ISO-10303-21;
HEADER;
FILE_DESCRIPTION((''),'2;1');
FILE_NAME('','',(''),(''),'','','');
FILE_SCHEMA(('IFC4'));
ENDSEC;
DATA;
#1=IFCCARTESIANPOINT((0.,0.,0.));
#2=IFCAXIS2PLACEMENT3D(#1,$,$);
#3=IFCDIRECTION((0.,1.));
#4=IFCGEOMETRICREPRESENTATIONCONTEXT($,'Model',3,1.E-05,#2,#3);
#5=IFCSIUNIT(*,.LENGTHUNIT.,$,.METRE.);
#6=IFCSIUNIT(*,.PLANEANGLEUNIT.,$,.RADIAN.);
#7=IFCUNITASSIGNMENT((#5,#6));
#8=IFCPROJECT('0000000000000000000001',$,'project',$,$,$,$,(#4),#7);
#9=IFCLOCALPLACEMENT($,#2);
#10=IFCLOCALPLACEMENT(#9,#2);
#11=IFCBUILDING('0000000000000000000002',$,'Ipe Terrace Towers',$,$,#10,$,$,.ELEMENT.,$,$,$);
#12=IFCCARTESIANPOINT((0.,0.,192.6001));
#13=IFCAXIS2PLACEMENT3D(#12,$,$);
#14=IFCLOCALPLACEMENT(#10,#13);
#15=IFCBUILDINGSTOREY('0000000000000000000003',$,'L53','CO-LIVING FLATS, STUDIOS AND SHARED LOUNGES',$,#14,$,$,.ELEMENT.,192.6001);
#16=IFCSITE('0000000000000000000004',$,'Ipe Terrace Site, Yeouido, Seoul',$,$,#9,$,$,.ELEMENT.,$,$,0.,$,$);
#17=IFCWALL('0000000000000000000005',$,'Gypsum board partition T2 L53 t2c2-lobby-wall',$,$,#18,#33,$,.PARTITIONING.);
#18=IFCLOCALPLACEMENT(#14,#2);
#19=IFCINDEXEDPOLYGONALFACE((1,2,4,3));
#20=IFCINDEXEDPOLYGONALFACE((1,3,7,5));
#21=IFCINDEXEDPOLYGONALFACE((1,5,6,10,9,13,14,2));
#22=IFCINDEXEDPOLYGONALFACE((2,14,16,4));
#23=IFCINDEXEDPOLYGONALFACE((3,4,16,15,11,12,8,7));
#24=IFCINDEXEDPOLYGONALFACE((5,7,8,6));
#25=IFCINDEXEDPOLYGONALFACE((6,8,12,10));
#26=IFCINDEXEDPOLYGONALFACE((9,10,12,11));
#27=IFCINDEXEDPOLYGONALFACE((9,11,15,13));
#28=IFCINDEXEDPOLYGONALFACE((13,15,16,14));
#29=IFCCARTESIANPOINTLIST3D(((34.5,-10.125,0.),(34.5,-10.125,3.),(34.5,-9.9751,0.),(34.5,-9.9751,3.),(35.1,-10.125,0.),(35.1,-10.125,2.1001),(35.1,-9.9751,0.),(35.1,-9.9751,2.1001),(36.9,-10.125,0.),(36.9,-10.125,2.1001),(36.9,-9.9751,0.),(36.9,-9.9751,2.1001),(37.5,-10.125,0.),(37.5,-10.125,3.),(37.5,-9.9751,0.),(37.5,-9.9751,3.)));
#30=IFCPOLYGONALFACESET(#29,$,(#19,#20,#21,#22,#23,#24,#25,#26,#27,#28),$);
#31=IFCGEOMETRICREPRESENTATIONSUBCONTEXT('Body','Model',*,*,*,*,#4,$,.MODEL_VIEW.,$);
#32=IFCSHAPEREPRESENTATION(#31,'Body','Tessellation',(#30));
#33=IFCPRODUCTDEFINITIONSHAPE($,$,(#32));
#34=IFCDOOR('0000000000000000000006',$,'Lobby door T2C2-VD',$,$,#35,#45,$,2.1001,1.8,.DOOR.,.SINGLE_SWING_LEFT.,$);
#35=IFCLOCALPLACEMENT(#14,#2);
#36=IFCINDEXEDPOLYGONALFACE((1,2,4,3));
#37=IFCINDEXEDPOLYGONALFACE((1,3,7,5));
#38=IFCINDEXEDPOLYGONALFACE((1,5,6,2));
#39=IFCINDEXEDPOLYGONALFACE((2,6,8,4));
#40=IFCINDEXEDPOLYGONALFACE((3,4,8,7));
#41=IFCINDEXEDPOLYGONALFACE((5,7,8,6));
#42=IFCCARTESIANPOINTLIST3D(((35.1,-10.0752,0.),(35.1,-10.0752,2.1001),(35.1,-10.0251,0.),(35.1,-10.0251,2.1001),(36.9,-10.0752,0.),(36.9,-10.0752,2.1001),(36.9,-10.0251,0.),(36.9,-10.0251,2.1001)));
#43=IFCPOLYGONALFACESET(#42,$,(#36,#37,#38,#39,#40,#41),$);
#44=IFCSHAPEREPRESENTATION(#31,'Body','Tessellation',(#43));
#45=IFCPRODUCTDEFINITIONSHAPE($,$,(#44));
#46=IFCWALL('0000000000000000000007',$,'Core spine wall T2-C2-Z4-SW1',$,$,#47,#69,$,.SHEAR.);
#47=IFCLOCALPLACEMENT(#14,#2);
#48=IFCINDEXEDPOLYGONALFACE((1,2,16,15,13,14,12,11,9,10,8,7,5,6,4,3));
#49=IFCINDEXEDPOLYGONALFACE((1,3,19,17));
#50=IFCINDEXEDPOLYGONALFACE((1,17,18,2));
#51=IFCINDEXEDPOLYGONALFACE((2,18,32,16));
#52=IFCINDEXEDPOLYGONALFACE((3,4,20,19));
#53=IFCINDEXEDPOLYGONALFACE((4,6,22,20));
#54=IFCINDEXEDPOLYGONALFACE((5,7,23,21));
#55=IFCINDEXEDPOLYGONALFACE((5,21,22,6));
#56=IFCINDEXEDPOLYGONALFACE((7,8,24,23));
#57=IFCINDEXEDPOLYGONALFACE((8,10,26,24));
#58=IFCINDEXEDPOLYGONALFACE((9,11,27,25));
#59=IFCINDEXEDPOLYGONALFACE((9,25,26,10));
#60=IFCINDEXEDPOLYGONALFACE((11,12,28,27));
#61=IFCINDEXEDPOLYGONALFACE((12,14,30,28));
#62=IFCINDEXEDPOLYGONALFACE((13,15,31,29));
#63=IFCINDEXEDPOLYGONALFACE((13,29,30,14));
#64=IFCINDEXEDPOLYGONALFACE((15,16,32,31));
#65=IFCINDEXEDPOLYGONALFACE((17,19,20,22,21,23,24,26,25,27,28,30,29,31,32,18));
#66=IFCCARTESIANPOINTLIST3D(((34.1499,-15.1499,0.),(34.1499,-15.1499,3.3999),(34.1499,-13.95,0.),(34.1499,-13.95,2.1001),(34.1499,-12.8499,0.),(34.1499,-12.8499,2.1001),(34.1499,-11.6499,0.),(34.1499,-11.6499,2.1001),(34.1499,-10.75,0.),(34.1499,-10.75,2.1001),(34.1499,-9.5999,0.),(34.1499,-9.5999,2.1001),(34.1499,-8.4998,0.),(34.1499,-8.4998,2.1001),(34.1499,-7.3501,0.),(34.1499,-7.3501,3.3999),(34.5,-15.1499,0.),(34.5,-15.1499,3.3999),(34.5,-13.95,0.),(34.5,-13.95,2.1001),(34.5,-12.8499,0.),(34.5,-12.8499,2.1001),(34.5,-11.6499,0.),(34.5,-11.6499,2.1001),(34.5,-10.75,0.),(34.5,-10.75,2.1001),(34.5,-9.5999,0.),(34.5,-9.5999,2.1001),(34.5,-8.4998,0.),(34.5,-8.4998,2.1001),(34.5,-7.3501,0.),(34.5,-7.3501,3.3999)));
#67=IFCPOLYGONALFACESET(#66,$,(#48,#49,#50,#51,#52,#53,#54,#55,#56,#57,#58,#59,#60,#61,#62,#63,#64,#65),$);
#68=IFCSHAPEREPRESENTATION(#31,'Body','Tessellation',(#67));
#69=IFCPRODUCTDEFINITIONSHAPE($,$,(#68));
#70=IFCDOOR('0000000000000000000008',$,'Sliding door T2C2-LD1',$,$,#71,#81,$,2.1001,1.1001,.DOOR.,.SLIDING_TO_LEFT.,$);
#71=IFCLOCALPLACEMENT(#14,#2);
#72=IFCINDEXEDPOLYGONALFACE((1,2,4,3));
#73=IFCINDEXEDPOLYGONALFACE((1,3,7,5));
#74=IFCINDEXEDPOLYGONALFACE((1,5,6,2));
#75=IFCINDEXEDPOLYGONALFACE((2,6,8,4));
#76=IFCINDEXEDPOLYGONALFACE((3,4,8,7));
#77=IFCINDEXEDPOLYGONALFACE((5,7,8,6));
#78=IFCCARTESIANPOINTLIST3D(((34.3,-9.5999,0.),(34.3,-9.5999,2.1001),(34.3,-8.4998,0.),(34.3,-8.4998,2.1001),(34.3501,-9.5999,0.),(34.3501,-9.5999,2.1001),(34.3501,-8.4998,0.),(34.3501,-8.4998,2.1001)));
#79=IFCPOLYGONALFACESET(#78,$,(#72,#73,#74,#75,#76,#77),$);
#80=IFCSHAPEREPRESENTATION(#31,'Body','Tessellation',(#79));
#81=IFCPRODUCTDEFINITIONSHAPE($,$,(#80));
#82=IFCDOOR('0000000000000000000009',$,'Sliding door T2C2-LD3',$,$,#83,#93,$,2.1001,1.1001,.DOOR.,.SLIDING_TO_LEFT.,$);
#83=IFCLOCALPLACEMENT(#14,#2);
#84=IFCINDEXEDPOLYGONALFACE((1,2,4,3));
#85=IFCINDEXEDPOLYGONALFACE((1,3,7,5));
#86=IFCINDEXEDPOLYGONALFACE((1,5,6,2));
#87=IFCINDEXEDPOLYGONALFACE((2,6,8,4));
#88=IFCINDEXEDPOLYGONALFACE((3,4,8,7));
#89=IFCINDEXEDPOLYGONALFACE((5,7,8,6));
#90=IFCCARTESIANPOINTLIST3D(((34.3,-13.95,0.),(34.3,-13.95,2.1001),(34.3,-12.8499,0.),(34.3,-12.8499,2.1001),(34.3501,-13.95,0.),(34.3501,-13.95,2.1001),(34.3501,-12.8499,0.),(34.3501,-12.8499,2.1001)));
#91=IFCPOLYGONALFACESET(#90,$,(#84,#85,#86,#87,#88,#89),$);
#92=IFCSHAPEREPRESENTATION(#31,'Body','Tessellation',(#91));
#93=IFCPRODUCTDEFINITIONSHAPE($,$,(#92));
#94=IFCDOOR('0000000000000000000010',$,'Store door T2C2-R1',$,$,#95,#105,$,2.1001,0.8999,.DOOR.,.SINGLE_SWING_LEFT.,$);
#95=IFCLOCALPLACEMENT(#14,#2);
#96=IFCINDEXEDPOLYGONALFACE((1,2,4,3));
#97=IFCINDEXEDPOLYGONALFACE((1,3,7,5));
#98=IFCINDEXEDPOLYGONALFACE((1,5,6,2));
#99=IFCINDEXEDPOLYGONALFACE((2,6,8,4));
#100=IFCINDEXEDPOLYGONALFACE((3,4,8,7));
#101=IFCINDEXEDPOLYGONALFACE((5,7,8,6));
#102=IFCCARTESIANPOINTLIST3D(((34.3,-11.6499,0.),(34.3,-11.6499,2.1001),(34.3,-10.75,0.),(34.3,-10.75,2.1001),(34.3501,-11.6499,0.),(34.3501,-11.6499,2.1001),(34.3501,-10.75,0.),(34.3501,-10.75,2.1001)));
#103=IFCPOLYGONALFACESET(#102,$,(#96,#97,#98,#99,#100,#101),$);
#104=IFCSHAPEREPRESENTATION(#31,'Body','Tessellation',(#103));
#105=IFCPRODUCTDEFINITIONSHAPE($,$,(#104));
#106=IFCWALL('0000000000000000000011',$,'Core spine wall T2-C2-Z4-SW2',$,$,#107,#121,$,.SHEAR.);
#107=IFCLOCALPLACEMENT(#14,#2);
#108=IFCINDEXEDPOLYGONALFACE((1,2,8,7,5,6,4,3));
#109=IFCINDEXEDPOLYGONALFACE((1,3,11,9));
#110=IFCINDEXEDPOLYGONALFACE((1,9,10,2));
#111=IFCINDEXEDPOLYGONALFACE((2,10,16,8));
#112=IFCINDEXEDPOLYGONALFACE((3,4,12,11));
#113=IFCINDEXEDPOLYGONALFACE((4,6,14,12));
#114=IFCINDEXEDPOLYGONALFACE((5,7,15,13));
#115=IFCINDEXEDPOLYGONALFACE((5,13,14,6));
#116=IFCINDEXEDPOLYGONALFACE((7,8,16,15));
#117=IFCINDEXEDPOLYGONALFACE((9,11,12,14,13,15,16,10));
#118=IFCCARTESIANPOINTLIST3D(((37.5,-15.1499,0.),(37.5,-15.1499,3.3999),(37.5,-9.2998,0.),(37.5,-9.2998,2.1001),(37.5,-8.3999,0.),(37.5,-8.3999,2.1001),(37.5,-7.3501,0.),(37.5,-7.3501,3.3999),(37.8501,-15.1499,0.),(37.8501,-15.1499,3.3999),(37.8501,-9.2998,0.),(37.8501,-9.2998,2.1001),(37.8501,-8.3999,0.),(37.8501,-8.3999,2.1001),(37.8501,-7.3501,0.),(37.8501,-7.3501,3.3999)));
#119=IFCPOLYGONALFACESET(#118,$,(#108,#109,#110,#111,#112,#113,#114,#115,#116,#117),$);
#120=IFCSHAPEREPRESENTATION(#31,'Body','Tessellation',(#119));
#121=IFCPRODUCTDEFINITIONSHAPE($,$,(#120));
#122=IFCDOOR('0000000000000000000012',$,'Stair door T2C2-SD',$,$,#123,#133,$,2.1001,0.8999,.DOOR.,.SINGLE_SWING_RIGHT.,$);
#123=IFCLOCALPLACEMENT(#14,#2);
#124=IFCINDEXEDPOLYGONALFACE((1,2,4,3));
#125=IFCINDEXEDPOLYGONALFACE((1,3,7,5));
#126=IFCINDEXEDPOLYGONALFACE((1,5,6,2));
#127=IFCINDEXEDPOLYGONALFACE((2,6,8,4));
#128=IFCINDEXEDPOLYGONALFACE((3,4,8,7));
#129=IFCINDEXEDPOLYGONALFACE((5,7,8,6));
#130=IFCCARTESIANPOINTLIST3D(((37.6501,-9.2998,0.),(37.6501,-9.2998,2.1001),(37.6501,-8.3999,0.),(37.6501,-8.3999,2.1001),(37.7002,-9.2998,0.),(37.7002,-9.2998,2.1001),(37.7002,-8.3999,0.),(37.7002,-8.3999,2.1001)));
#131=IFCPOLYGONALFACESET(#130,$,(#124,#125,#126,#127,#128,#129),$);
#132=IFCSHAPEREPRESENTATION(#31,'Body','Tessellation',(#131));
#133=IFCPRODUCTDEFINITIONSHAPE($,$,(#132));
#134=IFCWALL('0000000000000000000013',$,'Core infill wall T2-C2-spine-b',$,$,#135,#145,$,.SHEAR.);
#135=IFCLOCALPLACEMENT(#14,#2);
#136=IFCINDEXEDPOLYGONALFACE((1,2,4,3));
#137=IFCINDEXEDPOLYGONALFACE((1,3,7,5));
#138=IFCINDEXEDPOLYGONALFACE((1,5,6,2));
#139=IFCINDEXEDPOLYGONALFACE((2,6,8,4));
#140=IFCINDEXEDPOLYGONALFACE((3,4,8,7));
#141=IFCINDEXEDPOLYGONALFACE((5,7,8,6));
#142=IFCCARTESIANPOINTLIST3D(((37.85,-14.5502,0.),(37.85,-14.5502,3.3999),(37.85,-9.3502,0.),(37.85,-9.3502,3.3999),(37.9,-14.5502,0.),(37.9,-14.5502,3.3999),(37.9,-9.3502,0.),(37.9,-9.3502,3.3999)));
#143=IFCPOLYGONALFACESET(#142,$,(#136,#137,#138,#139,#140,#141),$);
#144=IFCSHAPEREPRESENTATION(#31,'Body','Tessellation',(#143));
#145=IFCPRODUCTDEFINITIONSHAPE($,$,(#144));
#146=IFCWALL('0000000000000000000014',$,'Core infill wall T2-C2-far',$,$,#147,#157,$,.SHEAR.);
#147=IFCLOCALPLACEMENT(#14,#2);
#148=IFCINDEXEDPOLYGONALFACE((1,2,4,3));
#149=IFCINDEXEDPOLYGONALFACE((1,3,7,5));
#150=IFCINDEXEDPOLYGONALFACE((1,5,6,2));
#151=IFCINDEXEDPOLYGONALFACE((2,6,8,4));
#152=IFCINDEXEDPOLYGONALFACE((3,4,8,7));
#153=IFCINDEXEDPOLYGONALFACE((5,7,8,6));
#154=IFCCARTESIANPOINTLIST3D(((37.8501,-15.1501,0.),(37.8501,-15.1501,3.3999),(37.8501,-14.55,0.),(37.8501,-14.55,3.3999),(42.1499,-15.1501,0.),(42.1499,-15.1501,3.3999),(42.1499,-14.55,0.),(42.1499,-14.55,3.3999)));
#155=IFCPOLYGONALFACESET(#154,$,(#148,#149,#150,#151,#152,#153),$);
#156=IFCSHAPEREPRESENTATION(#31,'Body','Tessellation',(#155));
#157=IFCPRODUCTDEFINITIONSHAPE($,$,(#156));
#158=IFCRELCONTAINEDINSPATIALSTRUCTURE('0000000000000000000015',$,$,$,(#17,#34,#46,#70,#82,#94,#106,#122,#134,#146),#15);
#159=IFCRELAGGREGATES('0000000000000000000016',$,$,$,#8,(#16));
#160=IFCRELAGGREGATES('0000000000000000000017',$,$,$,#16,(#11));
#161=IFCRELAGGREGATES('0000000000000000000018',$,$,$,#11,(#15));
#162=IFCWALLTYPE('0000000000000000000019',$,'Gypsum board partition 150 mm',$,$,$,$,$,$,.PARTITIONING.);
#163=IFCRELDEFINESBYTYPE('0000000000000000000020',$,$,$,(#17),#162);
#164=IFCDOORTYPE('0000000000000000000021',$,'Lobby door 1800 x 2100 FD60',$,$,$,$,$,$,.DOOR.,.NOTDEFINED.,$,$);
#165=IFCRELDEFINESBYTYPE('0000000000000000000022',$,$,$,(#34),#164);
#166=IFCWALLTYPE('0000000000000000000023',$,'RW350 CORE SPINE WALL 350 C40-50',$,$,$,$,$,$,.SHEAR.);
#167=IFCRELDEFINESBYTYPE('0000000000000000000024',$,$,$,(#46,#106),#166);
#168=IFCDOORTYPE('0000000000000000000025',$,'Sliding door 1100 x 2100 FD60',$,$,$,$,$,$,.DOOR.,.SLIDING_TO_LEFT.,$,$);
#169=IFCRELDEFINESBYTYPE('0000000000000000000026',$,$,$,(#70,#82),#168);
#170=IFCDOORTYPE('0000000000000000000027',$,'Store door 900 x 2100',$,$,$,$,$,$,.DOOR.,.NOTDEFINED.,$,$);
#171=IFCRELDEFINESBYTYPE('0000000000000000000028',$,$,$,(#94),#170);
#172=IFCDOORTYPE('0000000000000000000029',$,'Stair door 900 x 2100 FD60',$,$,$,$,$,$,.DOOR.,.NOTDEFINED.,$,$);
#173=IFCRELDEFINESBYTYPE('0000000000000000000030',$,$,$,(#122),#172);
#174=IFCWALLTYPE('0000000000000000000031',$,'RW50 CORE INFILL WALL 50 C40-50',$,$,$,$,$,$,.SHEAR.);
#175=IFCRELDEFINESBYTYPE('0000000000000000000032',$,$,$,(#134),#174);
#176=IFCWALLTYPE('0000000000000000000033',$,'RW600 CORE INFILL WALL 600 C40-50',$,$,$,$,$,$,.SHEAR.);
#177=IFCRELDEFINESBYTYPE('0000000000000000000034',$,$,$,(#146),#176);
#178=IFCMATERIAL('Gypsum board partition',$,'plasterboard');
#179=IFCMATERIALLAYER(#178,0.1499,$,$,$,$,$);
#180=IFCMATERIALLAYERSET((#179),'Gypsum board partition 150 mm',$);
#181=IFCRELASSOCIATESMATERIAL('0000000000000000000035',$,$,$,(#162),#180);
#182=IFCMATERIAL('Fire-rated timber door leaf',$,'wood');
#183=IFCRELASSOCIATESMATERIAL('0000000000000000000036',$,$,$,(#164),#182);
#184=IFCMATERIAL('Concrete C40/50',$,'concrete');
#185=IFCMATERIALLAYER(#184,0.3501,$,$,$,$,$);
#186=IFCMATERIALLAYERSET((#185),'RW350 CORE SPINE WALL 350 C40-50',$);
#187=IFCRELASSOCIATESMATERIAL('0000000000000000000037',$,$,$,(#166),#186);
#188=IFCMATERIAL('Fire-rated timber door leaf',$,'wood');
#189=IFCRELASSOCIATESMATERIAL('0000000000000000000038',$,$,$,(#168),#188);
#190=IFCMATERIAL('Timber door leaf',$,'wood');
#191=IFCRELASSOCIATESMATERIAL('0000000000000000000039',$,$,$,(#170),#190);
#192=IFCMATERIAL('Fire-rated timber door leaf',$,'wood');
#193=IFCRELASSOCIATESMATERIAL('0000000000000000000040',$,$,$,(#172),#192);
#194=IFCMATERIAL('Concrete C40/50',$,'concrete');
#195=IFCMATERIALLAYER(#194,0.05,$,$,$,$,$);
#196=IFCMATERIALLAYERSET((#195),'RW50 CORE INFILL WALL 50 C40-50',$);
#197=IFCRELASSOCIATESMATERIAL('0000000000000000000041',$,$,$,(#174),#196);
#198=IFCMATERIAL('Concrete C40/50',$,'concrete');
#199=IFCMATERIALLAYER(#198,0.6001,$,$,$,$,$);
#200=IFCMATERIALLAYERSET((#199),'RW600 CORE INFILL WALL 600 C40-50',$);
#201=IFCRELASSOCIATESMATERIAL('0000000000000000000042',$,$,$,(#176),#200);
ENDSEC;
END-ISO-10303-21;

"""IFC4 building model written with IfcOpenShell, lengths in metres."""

from ifc_helpers import new_model, si_unit, direction, frame, frame_2d, origin, place, context, subcontext, project, spatial, rectangle, extrude, material, layer, layer_set, type_object, element, fill, save


model = new_model("IFC4")

# Units and contexts
model_context = context("Model", 3, precision=1e-05, world=origin(), true_north=direction((0.0, 1.0)))
body_context = subcontext(model_context, "Body", "Model", "MODEL_VIEW")
ifc_project = project(units=[si_unit("LENGTHUNIT", "METRE"), si_unit("PLANEANGLEUNIT", "RADIAN")], contexts=[model_context])

# Site, building, storey
site_placement = place(None, origin())
site = spatial("IfcSite", under=ifc_project, at=site_placement, Name="Ipe Terrace Site, Yeouido, Seoul", CompositionType="ELEMENT", RefElevation=0.0)
building_placement = place(site_placement, origin())
building = spatial("IfcBuilding", under=site, at=building_placement, Name="Ipe Terrace Towers", CompositionType="ELEMENT")
storey_placement = place(building_placement, frame((0.0, 0.0, 192.6001)))
storey = spatial("IfcBuildingStorey", under=building, at=storey_placement, Name="L53", Description="CO-LIVING FLATS, STUDIOS AND SHARED LOUNGES", CompositionType="ELEMENT", Elevation=192.6001)

# Wall, opening, door
ifc_material_1 = material(Name="Gypsum board partition", Category="plasterboard")
ifc_layer_1 = layer(ifc_material_1, 0.1499)
ifc_layer_set_1 = layer_set([ifc_layer_1], Name="Gypsum board partition 150 mm")
wall_type_1 = type_object("IfcWallType", Name="Gypsum board partition 150 mm", PredefinedType="PARTITIONING", material=ifc_layer_set_1)
wall_1_placement = place(storey_placement, frame((34.5, -10.05, 0.0), z_axis=(0.0, 0.0, 1.0), x_axis=(1.0, 0.0, 0.0)))
wall_1 = element("IfcWall", 1, at=wall_1_placement, inside=storey, type_object=wall_type_1, Name="Gypsum board partition T2 L53 t2c2-lobby-wall", PredefinedType="PARTITIONING", context=body_context, shape_type="SweptSolid", body=[
    extrude(rectangle(XDim=3.0, YDim=0.1499, at=frame_2d((1.5, 0.0))), origin(), (0.0, 0.0, 1.0), 3.0),
])
opening_1_placement = place(wall_1_placement, frame((0.6001, 0.0, 0.0)))
opening_1 = element("IfcOpeningElement", 2, at=opening_1_placement, cuts=wall_1, PredefinedType="OPENING", context=body_context, shape_type="SweptSolid", body=[
    extrude(rectangle(XDim=1.8, YDim=2.1001, at=frame_2d((0.8999, 1.05))), frame((0.0, 0.085, 0.0), z_axis=(0.0, -1.0, 0.0), x_axis=(1.0, 0.0, 0.0)), (0.0, 0.0, 1.0), 0.1699),
])
ifc_material_2 = material(Name="Fire-rated timber door leaf", Category="wood")
door_type_1 = type_object("IfcDoorType", Name="Lobby door 1800 x 2100 FD60", OperationType="NOTDEFINED", PredefinedType="DOOR", material=ifc_material_2)
door_1_placement = place(opening_1_placement, origin())
door_1 = element("IfcDoor", 3, at=door_1_placement, inside=storey, type_object=door_type_1, Name="Lobby door T2C2-VD", OperationType="SINGLE_SWING_LEFT", OverallHeight=2.1001, OverallWidth=1.8, PredefinedType="DOOR", context=body_context, shape_type="SweptSolid", body=[
    extrude(rectangle(XDim=1.8, YDim=2.1001, at=frame_2d((0.8999, 1.05))), frame((0.0, 0.0249, 0.0), z_axis=(0.0, -1.0, 0.0), x_axis=(1.0, 0.0, 0.0)), (0.0, 0.0, 1.0), 0.05),
])
fill(opening_1, door_1)

# Wall, openings, doors
ifc_material_3 = material(Name="Concrete C40/50", Category="concrete")
ifc_layer_2 = layer(ifc_material_3, 0.3501)
ifc_layer_set_2 = layer_set([ifc_layer_2], Name="RW350 CORE SPINE WALL 350 C40-50")
wall_type_2 = type_object("IfcWallType", Name="RW350 CORE SPINE WALL 350 C40-50", PredefinedType="SHEAR", material=ifc_layer_set_2)
wall_2_placement = place(storey_placement, frame((34.325, -15.1499, 0.0), z_axis=(0.0, 0.0, 1.0), x_axis=(0.0, 1.0, 0.0)))
wall_2 = element("IfcWall", 4, at=wall_2_placement, inside=storey, type_object=wall_type_2, Name="Core spine wall T2-C2-Z4-SW1", PredefinedType="SHEAR", context=body_context, shape_type="SweptSolid", body=[
    extrude(rectangle(XDim=7.7998, YDim=0.3501, at=frame_2d((3.8999, 0.0))), origin(), (0.0, 0.0, 1.0), 3.3999),
])
opening_2_placement = place(wall_2_placement, frame((5.55, 0.0, 0.0)))
opening_2 = element("IfcOpeningElement", 5, at=opening_2_placement, cuts=wall_2, PredefinedType="OPENING", context=body_context, shape_type="SweptSolid", body=[
    extrude(rectangle(XDim=1.1001, YDim=2.1001, at=frame_2d((0.55, 1.05))), frame((0.0, 0.1851, 0.0), z_axis=(0.0, -1.0, 0.0), x_axis=(1.0, 0.0, 0.0)), (0.0, 0.0, 1.0), 0.3701),
])
opening_3_placement = place(wall_2_placement, frame((1.2, 0.0, 0.0)))
opening_3 = element("IfcOpeningElement", 6, at=opening_3_placement, cuts=wall_2, PredefinedType="OPENING", context=body_context, shape_type="SweptSolid", body=[
    extrude(rectangle(XDim=1.1001, YDim=2.1001, at=frame_2d((0.55, 1.05))), frame((0.0, 0.1851, 0.0), z_axis=(0.0, -1.0, 0.0), x_axis=(1.0, 0.0, 0.0)), (0.0, 0.0, 1.0), 0.3701),
])
opening_4_placement = place(wall_2_placement, frame((3.5, 0.0, 0.0)))
opening_4 = element("IfcOpeningElement", 7, at=opening_4_placement, cuts=wall_2, PredefinedType="OPENING", context=body_context, shape_type="SweptSolid", body=[
    extrude(rectangle(XDim=0.8999, YDim=2.1001, at=frame_2d((0.45, 1.05))), frame((0.0, 0.1851, 0.0), z_axis=(0.0, -1.0, 0.0), x_axis=(1.0, 0.0, 0.0)), (0.0, 0.0, 1.0), 0.3701),
])
ifc_material_4 = material(Name="Fire-rated timber door leaf", Category="wood")
door_type_2 = type_object("IfcDoorType", Name="Sliding door 1100 x 2100 FD60", OperationType="SLIDING_TO_LEFT", PredefinedType="DOOR", material=ifc_material_4)
door_2_placement = place(opening_2_placement, origin())
door_2 = element("IfcDoor", 8, at=door_2_placement, inside=storey, type_object=door_type_2, Name="Sliding door T2C2-LD1", OperationType="SLIDING_TO_LEFT", OverallHeight=2.1001, OverallWidth=1.1001, PredefinedType="DOOR", context=body_context, shape_type="SweptSolid", body=[
    extrude(rectangle(XDim=1.1001, YDim=2.1001, at=frame_2d((0.55, 1.05))), frame((0.0, 0.0249, 0.0), z_axis=(0.0, -1.0, 0.0), x_axis=(1.0, 0.0, 0.0)), (0.0, 0.0, 1.0), 0.05),
])
fill(opening_2, door_2)
door_3_placement = place(opening_3_placement, origin())
door_3 = element("IfcDoor", 9, at=door_3_placement, inside=storey, type_object=door_type_2, Name="Sliding door T2C2-LD3", OperationType="SLIDING_TO_LEFT", OverallHeight=2.1001, OverallWidth=1.1001, PredefinedType="DOOR", context=body_context, shape_type="SweptSolid", body=[
    extrude(rectangle(XDim=1.1001, YDim=2.1001, at=frame_2d((0.55, 1.05))), frame((0.0, 0.0249, 0.0), z_axis=(0.0, -1.0, 0.0), x_axis=(1.0, 0.0, 0.0)), (0.0, 0.0, 1.0), 0.05),
])
fill(opening_3, door_3)
ifc_material_5 = material(Name="Timber door leaf", Category="wood")
door_type_3 = type_object("IfcDoorType", Name="Store door 900 x 2100", OperationType="NOTDEFINED", PredefinedType="DOOR", material=ifc_material_5)
door_4_placement = place(opening_4_placement, origin())
door_4 = element("IfcDoor", 10, at=door_4_placement, inside=storey, type_object=door_type_3, Name="Store door T2C2-R1", OperationType="SINGLE_SWING_LEFT", OverallHeight=2.1001, OverallWidth=0.8999, PredefinedType="DOOR", context=body_context, shape_type="SweptSolid", body=[
    extrude(rectangle(XDim=0.8999, YDim=2.1001, at=frame_2d((0.45, 1.05))), frame((0.0, 0.0249, 0.0), z_axis=(0.0, -1.0, 0.0), x_axis=(1.0, 0.0, 0.0)), (0.0, 0.0, 1.0), 0.05),
])
fill(opening_4, door_4)

# Wall, opening, door
wall_3_placement = place(storey_placement, frame((37.675, -15.1499, 0.0), z_axis=(0.0, 0.0, 1.0), x_axis=(0.0, 1.0, 0.0)))
wall_3 = element("IfcWall", 11, at=wall_3_placement, inside=storey, type_object=wall_type_2, Name="Core spine wall T2-C2-Z4-SW2", PredefinedType="SHEAR", context=body_context, shape_type="SweptSolid", body=[
    extrude(rectangle(XDim=7.7998, YDim=0.3501, at=frame_2d((3.8999, 0.0))), origin(), (0.0, 0.0, 1.0), 3.3999),
])
opening_5_placement = place(wall_3_placement, frame((5.8501, 0.0, 0.0)))
opening_5 = element("IfcOpeningElement", 12, at=opening_5_placement, cuts=wall_3, PredefinedType="OPENING", context=body_context, shape_type="SweptSolid", body=[
    extrude(rectangle(XDim=0.8999, YDim=2.1001, at=frame_2d((0.45, 1.05))), frame((0.0, 0.1851, 0.0), z_axis=(0.0, -1.0, 0.0), x_axis=(1.0, 0.0, 0.0)), (0.0, 0.0, 1.0), 0.3701),
])
ifc_material_6 = material(Name="Fire-rated timber door leaf", Category="wood")
door_type_4 = type_object("IfcDoorType", Name="Stair door 900 x 2100 FD60", OperationType="NOTDEFINED", PredefinedType="DOOR", material=ifc_material_6)
door_5_placement = place(opening_5_placement, origin())
door_5 = element("IfcDoor", 13, at=door_5_placement, inside=storey, type_object=door_type_4, Name="Stair door T2C2-SD", OperationType="SINGLE_SWING_RIGHT", OverallHeight=2.1001, OverallWidth=0.8999, PredefinedType="DOOR", context=body_context, shape_type="SweptSolid", body=[
    extrude(rectangle(XDim=0.8999, YDim=2.1001, at=frame_2d((0.45, 1.05))), frame((0.0, 0.0249, 0.0), z_axis=(0.0, -1.0, 0.0), x_axis=(1.0, 0.0, 0.0)), (0.0, 0.0, 1.0), 0.05),
])
fill(opening_5, door_5)

# Walls
ifc_material_7 = material(Name="Concrete C40/50", Category="concrete")
ifc_layer_3 = layer(ifc_material_7, 0.05)
ifc_layer_set_3 = layer_set([ifc_layer_3], Name="RW50 CORE INFILL WALL 50 C40-50")
wall_type_3 = type_object("IfcWallType", Name="RW50 CORE INFILL WALL 50 C40-50", PredefinedType="SHEAR", material=ifc_layer_set_3)
wall_4_placement = place(storey_placement, frame((37.875, -9.3501, 0.0), z_axis=(0.0, 0.0, 1.0), x_axis=(0.0, -1.0, 0.0)))
element("IfcWall", 14, at=wall_4_placement, inside=storey, type_object=wall_type_3, Name="Core infill wall T2-C2-spine-b", PredefinedType="SHEAR", context=body_context, shape_type="SweptSolid", body=[
    extrude(rectangle(XDim=5.2, YDim=0.05, at=frame_2d((2.6001, 0.0))), origin(), (0.0, 0.0, 1.0), 3.3999),
])
ifc_material_8 = material(Name="Concrete C40/50", Category="concrete")
ifc_layer_4 = layer(ifc_material_8, 0.6001)
ifc_layer_set_4 = layer_set([ifc_layer_4], Name="RW600 CORE INFILL WALL 600 C40-50")
wall_type_4 = type_object("IfcWallType", Name="RW600 CORE INFILL WALL 600 C40-50", PredefinedType="SHEAR", material=ifc_layer_set_4)
wall_5_placement = place(storey_placement, frame((37.8501, -14.8501, 0.0), z_axis=(0.0, 0.0, 1.0), x_axis=(1.0, 0.0, 0.0)))
element("IfcWall", 15, at=wall_5_placement, inside=storey, type_object=wall_type_4, Name="Core infill wall T2-C2-far", PredefinedType="SHEAR", context=body_context, shape_type="SweptSolid", body=[
    extrude(rectangle(XDim=4.2998, YDim=0.6001, at=frame_2d((2.1499, 0.0))), origin(), (0.0, 0.0, 1.0), 3.3999),
])

save(model, "model.ifc")
